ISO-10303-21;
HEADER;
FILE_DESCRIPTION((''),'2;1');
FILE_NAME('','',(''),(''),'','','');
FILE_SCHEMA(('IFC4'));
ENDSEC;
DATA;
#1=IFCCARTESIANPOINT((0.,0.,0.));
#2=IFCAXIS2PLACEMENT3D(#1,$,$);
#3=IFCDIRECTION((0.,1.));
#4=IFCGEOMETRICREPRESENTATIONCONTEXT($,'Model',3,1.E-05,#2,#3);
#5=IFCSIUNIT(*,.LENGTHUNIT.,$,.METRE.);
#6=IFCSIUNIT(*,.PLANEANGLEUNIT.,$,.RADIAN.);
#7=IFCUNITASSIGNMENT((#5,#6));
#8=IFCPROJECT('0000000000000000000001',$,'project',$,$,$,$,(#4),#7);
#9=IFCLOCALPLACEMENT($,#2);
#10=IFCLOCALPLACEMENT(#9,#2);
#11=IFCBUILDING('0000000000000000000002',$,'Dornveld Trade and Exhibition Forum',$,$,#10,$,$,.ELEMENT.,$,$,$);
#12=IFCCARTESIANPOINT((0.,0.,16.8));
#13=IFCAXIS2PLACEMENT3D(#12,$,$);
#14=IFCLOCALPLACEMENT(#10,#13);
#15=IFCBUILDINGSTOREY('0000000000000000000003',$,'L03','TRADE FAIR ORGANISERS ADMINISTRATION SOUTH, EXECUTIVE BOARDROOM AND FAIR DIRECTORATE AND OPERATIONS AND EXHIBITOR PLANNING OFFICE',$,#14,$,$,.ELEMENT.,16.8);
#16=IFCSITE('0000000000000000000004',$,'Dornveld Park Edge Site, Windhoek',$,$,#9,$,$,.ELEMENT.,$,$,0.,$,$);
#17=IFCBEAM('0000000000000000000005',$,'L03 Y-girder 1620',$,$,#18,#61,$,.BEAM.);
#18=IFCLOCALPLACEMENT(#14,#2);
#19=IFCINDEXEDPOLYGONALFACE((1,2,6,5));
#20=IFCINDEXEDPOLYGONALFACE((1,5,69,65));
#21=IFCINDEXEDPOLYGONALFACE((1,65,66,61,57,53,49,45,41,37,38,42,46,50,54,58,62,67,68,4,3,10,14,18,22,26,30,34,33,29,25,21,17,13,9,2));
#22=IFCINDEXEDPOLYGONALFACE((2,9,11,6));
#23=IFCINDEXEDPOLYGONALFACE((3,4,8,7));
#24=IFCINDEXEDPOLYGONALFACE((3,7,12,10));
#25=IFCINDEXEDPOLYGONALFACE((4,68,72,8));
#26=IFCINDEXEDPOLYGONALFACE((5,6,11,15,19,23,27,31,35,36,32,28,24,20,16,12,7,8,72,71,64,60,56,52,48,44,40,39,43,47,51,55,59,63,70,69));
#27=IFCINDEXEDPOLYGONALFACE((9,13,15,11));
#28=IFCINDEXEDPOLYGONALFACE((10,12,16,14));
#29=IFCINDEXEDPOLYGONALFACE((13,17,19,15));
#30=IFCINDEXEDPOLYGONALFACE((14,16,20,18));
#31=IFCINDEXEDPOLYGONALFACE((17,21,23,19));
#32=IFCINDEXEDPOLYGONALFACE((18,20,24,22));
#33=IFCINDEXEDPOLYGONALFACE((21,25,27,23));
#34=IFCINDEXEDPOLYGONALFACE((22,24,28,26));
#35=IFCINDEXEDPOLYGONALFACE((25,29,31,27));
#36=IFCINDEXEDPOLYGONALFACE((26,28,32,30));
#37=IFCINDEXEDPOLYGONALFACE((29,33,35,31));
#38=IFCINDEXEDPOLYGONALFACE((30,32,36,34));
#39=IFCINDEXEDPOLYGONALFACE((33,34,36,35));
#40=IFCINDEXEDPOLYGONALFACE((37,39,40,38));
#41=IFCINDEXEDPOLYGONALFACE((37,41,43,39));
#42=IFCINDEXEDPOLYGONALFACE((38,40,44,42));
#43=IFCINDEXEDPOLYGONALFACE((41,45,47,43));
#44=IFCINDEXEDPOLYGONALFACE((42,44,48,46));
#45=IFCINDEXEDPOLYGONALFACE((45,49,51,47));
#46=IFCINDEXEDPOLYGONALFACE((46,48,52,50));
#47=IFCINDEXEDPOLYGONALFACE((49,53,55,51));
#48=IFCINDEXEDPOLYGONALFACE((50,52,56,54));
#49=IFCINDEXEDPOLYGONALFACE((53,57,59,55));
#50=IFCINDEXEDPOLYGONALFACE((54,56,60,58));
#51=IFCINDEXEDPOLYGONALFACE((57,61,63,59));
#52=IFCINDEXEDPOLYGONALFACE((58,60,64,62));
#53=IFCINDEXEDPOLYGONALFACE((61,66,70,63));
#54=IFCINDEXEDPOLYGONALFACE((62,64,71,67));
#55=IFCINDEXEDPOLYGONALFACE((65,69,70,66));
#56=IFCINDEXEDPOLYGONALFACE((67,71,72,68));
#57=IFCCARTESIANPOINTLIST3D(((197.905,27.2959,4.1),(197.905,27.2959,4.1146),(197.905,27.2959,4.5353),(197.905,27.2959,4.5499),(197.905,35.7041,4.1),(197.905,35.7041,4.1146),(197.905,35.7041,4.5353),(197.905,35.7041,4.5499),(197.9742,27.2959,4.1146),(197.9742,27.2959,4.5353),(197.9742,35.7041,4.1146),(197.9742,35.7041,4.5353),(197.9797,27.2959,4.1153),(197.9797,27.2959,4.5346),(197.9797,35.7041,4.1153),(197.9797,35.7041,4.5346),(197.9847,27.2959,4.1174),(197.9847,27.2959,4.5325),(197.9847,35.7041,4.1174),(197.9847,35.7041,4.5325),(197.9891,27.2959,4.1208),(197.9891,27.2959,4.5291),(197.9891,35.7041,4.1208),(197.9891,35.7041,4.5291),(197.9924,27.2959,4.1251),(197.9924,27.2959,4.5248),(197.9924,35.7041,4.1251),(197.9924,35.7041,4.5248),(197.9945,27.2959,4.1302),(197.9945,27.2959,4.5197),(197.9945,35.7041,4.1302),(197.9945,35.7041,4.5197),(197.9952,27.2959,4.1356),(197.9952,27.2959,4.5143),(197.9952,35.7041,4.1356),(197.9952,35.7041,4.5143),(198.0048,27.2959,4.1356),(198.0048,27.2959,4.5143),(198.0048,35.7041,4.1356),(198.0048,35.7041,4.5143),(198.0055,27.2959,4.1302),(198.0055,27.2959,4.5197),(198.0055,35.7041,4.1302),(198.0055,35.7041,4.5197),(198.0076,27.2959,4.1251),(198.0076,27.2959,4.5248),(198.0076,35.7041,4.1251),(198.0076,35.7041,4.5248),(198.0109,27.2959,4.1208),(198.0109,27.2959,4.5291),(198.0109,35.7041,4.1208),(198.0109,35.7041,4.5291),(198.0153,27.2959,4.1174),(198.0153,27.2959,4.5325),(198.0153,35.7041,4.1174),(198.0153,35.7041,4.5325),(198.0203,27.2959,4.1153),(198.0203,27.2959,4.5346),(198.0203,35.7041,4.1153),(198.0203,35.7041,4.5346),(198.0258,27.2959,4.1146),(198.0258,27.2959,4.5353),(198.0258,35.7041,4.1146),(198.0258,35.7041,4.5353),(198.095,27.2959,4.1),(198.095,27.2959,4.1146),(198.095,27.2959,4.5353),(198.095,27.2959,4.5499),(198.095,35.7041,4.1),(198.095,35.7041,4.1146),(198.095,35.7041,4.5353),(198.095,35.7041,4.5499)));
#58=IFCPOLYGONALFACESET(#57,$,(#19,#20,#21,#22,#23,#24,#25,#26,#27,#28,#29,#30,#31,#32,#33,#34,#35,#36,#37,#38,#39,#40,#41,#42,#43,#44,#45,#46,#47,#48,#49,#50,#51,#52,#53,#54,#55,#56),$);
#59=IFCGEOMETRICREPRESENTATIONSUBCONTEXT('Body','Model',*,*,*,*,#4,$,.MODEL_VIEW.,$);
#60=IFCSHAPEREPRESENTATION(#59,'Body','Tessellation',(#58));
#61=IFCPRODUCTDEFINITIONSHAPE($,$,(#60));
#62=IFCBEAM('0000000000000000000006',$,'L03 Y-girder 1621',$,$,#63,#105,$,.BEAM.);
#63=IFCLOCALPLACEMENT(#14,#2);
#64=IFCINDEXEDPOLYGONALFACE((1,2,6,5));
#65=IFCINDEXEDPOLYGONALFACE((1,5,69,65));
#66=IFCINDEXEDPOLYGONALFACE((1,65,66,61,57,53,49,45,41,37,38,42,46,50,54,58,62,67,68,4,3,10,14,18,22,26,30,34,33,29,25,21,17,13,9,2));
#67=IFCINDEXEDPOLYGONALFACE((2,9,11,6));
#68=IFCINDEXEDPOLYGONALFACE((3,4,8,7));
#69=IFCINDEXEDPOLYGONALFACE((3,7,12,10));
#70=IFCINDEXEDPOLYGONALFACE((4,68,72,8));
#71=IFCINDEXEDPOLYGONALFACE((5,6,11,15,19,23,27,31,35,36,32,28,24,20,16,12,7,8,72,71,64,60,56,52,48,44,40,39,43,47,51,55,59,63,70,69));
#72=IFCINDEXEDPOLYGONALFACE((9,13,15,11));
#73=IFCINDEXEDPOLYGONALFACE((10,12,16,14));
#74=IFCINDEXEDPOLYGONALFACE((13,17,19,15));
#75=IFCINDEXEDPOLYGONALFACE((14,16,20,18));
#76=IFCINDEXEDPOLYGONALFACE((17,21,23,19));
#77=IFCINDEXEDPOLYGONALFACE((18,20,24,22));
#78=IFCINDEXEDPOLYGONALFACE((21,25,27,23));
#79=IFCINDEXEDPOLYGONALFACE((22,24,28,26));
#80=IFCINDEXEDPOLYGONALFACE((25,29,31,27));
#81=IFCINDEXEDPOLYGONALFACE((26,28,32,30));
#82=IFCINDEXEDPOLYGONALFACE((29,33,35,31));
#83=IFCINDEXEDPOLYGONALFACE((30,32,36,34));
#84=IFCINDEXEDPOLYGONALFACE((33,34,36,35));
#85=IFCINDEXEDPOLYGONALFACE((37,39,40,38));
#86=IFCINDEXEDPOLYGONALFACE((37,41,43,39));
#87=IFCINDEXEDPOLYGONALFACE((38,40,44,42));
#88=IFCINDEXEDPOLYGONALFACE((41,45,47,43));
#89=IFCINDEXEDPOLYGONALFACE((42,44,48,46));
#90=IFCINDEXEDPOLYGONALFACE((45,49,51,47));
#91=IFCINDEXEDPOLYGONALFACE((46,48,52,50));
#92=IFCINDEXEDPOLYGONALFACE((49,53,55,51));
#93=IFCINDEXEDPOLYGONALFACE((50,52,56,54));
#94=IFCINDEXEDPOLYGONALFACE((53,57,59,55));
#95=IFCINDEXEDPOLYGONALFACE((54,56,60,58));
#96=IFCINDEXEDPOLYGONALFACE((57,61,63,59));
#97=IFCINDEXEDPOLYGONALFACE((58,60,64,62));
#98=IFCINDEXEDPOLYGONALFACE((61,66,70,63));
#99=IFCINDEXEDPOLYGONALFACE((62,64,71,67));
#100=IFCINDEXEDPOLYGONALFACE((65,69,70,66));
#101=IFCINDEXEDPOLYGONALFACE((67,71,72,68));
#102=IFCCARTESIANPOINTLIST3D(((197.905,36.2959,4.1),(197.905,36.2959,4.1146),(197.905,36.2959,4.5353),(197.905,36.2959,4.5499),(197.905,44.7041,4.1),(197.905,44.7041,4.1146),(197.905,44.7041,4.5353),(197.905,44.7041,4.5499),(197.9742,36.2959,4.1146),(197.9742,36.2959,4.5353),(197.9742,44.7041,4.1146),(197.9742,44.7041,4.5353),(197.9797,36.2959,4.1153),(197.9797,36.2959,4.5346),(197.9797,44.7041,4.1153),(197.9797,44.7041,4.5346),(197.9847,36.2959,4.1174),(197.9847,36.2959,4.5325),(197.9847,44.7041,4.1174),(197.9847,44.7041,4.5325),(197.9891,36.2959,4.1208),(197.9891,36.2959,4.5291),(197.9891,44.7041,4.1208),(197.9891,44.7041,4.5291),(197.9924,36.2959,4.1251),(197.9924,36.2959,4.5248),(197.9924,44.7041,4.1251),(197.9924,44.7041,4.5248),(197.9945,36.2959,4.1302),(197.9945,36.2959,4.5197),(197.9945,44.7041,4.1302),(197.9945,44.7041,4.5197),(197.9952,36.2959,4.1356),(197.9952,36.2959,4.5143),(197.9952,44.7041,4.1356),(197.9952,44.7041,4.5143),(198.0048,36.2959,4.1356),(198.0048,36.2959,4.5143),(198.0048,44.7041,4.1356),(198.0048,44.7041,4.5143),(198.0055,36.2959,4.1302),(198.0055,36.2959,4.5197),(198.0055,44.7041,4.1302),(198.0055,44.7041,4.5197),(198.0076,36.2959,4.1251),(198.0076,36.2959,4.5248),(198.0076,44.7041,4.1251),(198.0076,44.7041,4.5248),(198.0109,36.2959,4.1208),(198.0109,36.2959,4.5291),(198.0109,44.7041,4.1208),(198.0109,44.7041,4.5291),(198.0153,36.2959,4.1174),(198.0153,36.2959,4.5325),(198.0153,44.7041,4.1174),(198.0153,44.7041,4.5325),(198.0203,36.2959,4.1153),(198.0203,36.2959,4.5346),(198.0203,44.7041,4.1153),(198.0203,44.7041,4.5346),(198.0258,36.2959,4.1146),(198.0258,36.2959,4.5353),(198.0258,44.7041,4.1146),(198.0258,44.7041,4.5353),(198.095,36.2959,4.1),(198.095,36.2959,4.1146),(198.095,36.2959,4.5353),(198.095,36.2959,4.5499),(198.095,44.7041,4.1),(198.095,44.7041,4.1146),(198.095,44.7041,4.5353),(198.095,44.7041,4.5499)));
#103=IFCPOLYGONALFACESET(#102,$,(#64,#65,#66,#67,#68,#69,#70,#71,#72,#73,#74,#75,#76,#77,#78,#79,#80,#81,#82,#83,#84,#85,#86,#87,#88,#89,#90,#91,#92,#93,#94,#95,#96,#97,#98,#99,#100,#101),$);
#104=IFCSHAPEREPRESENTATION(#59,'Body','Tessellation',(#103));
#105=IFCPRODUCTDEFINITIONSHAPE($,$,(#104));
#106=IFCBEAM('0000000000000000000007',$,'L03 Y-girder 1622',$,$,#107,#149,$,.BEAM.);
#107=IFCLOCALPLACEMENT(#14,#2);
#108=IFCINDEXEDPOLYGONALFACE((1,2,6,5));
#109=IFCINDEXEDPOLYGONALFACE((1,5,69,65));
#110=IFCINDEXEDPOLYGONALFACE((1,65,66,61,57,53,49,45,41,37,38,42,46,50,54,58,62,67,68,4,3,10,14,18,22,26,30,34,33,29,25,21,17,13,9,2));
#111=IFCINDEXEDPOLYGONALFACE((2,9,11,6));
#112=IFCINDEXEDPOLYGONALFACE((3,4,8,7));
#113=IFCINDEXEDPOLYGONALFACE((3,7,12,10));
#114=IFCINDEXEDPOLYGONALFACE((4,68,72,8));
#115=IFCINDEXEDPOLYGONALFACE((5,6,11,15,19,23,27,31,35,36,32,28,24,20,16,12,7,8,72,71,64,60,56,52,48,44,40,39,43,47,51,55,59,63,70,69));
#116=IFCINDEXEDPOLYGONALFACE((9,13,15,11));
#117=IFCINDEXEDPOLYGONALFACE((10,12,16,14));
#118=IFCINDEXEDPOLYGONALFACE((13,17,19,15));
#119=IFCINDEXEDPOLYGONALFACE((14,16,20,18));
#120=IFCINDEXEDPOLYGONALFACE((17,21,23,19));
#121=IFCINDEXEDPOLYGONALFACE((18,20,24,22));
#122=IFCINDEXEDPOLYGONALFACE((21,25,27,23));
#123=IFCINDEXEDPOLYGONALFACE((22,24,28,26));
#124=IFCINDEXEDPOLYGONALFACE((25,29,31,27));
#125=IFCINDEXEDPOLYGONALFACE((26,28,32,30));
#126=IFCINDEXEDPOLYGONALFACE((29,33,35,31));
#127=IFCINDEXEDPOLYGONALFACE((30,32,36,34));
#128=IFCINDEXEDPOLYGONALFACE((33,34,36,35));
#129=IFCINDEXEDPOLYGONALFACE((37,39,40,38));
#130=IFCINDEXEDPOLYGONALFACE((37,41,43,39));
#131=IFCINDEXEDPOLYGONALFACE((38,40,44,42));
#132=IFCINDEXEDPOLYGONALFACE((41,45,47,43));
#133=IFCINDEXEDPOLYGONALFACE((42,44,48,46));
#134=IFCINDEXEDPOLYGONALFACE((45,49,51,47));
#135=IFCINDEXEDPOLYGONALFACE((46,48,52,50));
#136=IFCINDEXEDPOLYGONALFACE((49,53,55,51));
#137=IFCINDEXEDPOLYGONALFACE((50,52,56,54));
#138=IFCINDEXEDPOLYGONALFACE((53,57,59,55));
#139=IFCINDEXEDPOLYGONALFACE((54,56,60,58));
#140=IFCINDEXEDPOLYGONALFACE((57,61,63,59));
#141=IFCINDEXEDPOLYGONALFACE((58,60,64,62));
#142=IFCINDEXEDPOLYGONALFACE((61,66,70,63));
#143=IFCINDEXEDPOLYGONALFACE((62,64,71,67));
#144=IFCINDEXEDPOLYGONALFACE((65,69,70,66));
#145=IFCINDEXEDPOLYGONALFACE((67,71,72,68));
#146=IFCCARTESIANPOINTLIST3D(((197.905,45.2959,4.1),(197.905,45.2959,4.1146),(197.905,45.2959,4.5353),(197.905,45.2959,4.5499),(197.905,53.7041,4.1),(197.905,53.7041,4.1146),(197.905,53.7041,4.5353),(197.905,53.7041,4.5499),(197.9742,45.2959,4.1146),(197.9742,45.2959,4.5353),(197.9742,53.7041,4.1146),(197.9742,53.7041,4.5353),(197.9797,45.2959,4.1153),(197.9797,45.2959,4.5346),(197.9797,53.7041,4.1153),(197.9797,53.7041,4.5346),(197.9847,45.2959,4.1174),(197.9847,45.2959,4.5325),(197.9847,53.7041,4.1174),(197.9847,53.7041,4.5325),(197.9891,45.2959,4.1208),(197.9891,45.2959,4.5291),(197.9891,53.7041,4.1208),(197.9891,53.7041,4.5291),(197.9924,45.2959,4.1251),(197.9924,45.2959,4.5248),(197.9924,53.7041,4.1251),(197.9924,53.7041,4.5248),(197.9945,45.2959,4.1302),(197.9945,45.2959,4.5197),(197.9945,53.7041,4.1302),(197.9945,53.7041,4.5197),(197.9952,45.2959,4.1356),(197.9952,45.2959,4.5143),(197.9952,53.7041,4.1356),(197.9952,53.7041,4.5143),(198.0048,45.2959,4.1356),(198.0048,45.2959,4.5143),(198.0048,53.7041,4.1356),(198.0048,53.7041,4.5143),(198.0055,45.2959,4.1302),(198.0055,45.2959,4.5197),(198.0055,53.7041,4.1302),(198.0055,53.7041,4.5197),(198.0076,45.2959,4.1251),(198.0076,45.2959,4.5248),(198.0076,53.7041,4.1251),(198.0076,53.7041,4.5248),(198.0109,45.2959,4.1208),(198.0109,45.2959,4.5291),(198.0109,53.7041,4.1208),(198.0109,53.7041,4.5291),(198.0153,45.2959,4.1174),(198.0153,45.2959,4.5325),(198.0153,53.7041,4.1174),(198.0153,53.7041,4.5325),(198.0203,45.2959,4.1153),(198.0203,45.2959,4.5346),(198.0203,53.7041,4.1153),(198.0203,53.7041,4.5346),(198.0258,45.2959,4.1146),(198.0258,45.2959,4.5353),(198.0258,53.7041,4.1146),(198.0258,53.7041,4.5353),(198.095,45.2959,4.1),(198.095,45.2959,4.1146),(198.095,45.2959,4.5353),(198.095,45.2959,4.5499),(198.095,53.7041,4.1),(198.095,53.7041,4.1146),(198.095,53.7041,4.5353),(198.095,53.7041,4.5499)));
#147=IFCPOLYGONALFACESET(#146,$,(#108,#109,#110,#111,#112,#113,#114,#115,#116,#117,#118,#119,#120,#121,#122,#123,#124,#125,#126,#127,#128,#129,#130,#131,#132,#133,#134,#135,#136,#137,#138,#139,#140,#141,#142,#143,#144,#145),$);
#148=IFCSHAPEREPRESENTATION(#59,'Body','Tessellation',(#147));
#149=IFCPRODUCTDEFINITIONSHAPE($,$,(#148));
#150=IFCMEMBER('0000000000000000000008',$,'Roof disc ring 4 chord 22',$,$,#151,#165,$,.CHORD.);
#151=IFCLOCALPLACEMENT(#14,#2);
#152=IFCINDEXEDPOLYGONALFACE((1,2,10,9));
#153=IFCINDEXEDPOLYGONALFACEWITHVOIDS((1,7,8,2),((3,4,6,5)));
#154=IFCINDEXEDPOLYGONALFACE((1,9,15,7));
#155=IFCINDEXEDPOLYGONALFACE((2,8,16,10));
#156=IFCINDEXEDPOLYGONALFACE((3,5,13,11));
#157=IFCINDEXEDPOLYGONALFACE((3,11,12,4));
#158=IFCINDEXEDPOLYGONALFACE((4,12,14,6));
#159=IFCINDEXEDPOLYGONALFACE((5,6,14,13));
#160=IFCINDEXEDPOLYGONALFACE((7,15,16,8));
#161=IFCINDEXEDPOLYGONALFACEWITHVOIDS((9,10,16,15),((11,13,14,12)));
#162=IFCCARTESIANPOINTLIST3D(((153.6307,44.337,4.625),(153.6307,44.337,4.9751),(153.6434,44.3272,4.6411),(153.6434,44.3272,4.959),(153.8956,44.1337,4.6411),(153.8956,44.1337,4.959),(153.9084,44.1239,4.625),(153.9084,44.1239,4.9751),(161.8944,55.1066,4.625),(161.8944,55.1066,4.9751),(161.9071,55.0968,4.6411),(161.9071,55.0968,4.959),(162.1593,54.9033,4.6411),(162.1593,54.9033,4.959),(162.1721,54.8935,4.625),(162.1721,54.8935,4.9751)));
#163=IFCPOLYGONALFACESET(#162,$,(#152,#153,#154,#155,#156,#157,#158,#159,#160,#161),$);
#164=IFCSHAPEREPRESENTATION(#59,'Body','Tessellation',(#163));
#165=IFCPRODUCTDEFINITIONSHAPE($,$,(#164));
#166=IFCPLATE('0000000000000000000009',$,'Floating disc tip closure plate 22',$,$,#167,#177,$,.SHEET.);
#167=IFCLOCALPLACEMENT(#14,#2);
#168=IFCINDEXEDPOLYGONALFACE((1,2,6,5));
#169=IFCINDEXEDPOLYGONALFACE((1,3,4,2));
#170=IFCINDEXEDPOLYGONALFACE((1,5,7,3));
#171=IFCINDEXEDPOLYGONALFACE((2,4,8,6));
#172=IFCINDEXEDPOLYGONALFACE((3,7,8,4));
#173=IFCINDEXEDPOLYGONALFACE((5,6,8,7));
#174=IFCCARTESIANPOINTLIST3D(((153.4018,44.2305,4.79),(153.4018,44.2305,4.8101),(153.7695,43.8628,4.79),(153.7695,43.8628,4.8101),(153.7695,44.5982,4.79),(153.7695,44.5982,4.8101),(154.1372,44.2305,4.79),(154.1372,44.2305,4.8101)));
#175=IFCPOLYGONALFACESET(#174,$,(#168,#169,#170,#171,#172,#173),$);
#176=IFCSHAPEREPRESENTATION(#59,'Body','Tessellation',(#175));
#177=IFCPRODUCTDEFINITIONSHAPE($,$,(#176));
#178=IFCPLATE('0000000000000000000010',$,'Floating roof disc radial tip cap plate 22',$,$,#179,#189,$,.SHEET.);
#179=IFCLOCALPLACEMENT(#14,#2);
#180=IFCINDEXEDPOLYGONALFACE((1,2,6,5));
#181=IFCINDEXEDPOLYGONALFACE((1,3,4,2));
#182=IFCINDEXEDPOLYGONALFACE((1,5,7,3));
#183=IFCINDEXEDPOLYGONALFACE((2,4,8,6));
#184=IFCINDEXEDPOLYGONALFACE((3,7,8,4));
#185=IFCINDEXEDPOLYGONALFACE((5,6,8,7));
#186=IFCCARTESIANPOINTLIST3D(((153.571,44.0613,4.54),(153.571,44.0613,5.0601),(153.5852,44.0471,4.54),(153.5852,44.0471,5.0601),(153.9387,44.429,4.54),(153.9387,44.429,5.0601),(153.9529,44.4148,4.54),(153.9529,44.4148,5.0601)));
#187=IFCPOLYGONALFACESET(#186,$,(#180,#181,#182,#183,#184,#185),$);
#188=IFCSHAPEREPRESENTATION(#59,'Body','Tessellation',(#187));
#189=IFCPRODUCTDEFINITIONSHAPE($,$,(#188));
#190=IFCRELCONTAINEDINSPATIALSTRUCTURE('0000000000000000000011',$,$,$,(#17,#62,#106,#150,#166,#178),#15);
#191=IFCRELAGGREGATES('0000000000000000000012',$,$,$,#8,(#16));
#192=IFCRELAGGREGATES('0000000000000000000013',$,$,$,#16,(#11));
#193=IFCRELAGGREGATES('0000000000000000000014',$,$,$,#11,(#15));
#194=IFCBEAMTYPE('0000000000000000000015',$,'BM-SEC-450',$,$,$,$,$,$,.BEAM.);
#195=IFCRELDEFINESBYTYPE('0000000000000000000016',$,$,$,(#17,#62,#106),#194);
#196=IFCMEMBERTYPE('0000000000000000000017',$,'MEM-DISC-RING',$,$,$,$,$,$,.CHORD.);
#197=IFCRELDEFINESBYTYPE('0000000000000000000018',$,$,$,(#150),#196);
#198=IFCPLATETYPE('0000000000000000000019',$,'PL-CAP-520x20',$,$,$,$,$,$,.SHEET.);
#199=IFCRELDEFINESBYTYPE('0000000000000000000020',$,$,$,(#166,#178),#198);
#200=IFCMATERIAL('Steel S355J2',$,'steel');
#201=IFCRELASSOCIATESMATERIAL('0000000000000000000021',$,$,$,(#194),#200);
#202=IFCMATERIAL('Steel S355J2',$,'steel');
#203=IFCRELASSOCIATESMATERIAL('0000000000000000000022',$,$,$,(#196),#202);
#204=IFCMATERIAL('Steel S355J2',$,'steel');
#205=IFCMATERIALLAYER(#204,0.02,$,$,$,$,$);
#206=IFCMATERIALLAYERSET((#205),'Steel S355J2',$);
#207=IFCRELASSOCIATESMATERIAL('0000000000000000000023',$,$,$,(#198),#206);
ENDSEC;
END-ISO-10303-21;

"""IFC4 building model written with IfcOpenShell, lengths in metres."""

from ifc_helpers import new_model, si_unit, direction, frame, origin, origin_2d, place, context, subcontext, project, spatial, rectangle, hollow_rectangle, i_section, extrude, material, layer, layer_set, material_profile, profile_set, type_object, element, save


model = new_model("IFC4")

# Units and contexts
model_context = context("Model", 3, precision=1e-05, world=origin(), true_north=direction((0.0, 1.0)))
body_context = subcontext(model_context, "Body", "Model", "MODEL_VIEW")
ifc_project = project(units=[si_unit("LENGTHUNIT", "METRE"), si_unit("PLANEANGLEUNIT", "RADIAN")], contexts=[model_context])

# Site, building, storey
site_placement = place(None, origin())
site = spatial("IfcSite", under=ifc_project, at=site_placement, Name="Dornveld Park Edge Site, Windhoek", CompositionType="ELEMENT", RefElevation=0.0)
building_placement = place(site_placement, origin())
building = spatial("IfcBuilding", under=site, at=building_placement, Name="Dornveld Trade and Exhibition Forum", CompositionType="ELEMENT")
storey_placement = place(building_placement, frame((0.0, 0.0, 16.8)))
storey = spatial("IfcBuildingStorey", under=building, at=storey_placement, Name="L03", Description="TRADE FAIR ORGANISERS ADMINISTRATION SOUTH, EXECUTIVE BOARDROOM AND FAIR DIRECTORATE AND OPERATIONS AND EXHIBITOR PLANNING OFFICE", CompositionType="ELEMENT", Elevation=16.8)

# Beams
ifc_material_1 = material(Name="Steel S355J2", Category="steel")
ifc_material_profile_1 = material_profile(ifc_material_1, i_section(OverallWidth=0.1899, OverallDepth=0.45, WebThickness=0.0095, FlangeThickness=0.0146, FilletRadius=0.021, at=origin_2d()), Name="IPE 450")
ifc_profile_set_1 = profile_set([ifc_material_profile_1], Name="Steel S355J2")
beam_type = type_object("IfcBeamType", Name="BM-SEC-450", PredefinedType="BEAM", material=ifc_profile_set_1)
for number, where, z_axis, x_axis, name in (
    (1, (198.0, 27.2959, 4.325), (0.0, 1.0, 0.0), (-1.0, 0.0, 0.0), "L03 Y-girder 1620"),
    (2, (198.0, 36.2959, 4.325), (0.0, 1.0, 0.0), (-1.0, 0.0, 0.0), "L03 Y-girder 1621"),
    (3, (198.0, 45.2959, 4.325), (0.0, 1.0, 0.0), (-1.0, 0.0, 0.0), "L03 Y-girder 1622"),
):
    element("IfcBeam", number, at=place(storey_placement, frame(where, z_axis=z_axis, x_axis=x_axis)), inside=storey, type_object=beam_type, Name=name, PredefinedType="BEAM", context=body_context, shape_type="SweptSolid", body=[
        extrude(i_section(OverallWidth=0.1899, OverallDepth=0.45, WebThickness=0.0095, FlangeThickness=0.0146, FilletRadius=0.021, at=origin_2d()), origin(), (0.0, 0.0, 1.0), 8.4082),
    ])

# Member
ifc_material_2 = material(Name="Steel S355J2", Category="steel")
ifc_material_profile_2 = material_profile(ifc_material_2, hollow_rectangle(XDim=0.3501, YDim=0.3501, WallThickness=0.0161, at=origin_2d()), Name="SHS 350x350x16")
ifc_profile_set_2 = profile_set([ifc_material_profile_2], Name="Steel S355J2")
member_type = type_object("IfcMemberType", Name="MEM-DISC-RING", PredefinedType="CHORD", material=ifc_profile_set_2)
member_placement = place(storey_placement, frame((153.7695, 44.2305, 4.8), z_axis=(0.608758, 0.793356, 0.0), x_axis=(-0.793356, 0.608758, 0.0)))
element("IfcMember", 4, at=member_placement, inside=storey, type_object=member_type, Name="Roof disc ring 4 chord 22", PredefinedType="CHORD", context=body_context, shape_type="SweptSolid", body=[
    extrude(hollow_rectangle(XDim=0.3501, YDim=0.3501, WallThickness=0.0161, at=origin_2d()), origin(), (0.0, 0.0, 1.0), 13.5747),
])

# Plates
ifc_material_3 = material(Name="Steel S355J2", Category="steel")
ifc_layer_1 = layer(ifc_material_3, 0.02)
ifc_layer_set_1 = layer_set([ifc_layer_1], Name="Steel S355J2")
plate_type = type_object("IfcPlateType", Name="PL-CAP-520x20", PredefinedType="SHEET", material=ifc_layer_set_1)
plate_1_placement = place(storey_placement, frame((153.7695, 44.2305, 4.79), z_axis=(0.0, 0.0, 1.0), x_axis=(0.707107, -0.707107, 0.0)))
element("IfcPlate", 5, at=plate_1_placement, inside=storey, type_object=plate_type, Name="Floating disc tip closure plate 22", PredefinedType="SHEET", context=body_context, shape_type="SweptSolid", body=[
    extrude(rectangle(XDim=0.52, YDim=0.52, at=origin_2d()), origin(), (0.0, 0.0, 1.0), 0.02),
])
plate_2_placement = place(storey_placement, frame((153.762, 44.238, 4.54), z_axis=(0.0, 0.0, 1.0), x_axis=(0.707107, -0.707107, 0.0)))
element("IfcPlate", 6, at=plate_2_placement, inside=storey, type_object=plate_type, Name="Floating roof disc radial tip cap plate 22", PredefinedType="SHEET", context=body_context, shape_type="SweptSolid", body=[
    extrude(rectangle(XDim=0.02, YDim=0.52, at=origin_2d()), origin(), (0.0, 0.0, 1.0), 0.52),
])

save(model, "model.ifc")
